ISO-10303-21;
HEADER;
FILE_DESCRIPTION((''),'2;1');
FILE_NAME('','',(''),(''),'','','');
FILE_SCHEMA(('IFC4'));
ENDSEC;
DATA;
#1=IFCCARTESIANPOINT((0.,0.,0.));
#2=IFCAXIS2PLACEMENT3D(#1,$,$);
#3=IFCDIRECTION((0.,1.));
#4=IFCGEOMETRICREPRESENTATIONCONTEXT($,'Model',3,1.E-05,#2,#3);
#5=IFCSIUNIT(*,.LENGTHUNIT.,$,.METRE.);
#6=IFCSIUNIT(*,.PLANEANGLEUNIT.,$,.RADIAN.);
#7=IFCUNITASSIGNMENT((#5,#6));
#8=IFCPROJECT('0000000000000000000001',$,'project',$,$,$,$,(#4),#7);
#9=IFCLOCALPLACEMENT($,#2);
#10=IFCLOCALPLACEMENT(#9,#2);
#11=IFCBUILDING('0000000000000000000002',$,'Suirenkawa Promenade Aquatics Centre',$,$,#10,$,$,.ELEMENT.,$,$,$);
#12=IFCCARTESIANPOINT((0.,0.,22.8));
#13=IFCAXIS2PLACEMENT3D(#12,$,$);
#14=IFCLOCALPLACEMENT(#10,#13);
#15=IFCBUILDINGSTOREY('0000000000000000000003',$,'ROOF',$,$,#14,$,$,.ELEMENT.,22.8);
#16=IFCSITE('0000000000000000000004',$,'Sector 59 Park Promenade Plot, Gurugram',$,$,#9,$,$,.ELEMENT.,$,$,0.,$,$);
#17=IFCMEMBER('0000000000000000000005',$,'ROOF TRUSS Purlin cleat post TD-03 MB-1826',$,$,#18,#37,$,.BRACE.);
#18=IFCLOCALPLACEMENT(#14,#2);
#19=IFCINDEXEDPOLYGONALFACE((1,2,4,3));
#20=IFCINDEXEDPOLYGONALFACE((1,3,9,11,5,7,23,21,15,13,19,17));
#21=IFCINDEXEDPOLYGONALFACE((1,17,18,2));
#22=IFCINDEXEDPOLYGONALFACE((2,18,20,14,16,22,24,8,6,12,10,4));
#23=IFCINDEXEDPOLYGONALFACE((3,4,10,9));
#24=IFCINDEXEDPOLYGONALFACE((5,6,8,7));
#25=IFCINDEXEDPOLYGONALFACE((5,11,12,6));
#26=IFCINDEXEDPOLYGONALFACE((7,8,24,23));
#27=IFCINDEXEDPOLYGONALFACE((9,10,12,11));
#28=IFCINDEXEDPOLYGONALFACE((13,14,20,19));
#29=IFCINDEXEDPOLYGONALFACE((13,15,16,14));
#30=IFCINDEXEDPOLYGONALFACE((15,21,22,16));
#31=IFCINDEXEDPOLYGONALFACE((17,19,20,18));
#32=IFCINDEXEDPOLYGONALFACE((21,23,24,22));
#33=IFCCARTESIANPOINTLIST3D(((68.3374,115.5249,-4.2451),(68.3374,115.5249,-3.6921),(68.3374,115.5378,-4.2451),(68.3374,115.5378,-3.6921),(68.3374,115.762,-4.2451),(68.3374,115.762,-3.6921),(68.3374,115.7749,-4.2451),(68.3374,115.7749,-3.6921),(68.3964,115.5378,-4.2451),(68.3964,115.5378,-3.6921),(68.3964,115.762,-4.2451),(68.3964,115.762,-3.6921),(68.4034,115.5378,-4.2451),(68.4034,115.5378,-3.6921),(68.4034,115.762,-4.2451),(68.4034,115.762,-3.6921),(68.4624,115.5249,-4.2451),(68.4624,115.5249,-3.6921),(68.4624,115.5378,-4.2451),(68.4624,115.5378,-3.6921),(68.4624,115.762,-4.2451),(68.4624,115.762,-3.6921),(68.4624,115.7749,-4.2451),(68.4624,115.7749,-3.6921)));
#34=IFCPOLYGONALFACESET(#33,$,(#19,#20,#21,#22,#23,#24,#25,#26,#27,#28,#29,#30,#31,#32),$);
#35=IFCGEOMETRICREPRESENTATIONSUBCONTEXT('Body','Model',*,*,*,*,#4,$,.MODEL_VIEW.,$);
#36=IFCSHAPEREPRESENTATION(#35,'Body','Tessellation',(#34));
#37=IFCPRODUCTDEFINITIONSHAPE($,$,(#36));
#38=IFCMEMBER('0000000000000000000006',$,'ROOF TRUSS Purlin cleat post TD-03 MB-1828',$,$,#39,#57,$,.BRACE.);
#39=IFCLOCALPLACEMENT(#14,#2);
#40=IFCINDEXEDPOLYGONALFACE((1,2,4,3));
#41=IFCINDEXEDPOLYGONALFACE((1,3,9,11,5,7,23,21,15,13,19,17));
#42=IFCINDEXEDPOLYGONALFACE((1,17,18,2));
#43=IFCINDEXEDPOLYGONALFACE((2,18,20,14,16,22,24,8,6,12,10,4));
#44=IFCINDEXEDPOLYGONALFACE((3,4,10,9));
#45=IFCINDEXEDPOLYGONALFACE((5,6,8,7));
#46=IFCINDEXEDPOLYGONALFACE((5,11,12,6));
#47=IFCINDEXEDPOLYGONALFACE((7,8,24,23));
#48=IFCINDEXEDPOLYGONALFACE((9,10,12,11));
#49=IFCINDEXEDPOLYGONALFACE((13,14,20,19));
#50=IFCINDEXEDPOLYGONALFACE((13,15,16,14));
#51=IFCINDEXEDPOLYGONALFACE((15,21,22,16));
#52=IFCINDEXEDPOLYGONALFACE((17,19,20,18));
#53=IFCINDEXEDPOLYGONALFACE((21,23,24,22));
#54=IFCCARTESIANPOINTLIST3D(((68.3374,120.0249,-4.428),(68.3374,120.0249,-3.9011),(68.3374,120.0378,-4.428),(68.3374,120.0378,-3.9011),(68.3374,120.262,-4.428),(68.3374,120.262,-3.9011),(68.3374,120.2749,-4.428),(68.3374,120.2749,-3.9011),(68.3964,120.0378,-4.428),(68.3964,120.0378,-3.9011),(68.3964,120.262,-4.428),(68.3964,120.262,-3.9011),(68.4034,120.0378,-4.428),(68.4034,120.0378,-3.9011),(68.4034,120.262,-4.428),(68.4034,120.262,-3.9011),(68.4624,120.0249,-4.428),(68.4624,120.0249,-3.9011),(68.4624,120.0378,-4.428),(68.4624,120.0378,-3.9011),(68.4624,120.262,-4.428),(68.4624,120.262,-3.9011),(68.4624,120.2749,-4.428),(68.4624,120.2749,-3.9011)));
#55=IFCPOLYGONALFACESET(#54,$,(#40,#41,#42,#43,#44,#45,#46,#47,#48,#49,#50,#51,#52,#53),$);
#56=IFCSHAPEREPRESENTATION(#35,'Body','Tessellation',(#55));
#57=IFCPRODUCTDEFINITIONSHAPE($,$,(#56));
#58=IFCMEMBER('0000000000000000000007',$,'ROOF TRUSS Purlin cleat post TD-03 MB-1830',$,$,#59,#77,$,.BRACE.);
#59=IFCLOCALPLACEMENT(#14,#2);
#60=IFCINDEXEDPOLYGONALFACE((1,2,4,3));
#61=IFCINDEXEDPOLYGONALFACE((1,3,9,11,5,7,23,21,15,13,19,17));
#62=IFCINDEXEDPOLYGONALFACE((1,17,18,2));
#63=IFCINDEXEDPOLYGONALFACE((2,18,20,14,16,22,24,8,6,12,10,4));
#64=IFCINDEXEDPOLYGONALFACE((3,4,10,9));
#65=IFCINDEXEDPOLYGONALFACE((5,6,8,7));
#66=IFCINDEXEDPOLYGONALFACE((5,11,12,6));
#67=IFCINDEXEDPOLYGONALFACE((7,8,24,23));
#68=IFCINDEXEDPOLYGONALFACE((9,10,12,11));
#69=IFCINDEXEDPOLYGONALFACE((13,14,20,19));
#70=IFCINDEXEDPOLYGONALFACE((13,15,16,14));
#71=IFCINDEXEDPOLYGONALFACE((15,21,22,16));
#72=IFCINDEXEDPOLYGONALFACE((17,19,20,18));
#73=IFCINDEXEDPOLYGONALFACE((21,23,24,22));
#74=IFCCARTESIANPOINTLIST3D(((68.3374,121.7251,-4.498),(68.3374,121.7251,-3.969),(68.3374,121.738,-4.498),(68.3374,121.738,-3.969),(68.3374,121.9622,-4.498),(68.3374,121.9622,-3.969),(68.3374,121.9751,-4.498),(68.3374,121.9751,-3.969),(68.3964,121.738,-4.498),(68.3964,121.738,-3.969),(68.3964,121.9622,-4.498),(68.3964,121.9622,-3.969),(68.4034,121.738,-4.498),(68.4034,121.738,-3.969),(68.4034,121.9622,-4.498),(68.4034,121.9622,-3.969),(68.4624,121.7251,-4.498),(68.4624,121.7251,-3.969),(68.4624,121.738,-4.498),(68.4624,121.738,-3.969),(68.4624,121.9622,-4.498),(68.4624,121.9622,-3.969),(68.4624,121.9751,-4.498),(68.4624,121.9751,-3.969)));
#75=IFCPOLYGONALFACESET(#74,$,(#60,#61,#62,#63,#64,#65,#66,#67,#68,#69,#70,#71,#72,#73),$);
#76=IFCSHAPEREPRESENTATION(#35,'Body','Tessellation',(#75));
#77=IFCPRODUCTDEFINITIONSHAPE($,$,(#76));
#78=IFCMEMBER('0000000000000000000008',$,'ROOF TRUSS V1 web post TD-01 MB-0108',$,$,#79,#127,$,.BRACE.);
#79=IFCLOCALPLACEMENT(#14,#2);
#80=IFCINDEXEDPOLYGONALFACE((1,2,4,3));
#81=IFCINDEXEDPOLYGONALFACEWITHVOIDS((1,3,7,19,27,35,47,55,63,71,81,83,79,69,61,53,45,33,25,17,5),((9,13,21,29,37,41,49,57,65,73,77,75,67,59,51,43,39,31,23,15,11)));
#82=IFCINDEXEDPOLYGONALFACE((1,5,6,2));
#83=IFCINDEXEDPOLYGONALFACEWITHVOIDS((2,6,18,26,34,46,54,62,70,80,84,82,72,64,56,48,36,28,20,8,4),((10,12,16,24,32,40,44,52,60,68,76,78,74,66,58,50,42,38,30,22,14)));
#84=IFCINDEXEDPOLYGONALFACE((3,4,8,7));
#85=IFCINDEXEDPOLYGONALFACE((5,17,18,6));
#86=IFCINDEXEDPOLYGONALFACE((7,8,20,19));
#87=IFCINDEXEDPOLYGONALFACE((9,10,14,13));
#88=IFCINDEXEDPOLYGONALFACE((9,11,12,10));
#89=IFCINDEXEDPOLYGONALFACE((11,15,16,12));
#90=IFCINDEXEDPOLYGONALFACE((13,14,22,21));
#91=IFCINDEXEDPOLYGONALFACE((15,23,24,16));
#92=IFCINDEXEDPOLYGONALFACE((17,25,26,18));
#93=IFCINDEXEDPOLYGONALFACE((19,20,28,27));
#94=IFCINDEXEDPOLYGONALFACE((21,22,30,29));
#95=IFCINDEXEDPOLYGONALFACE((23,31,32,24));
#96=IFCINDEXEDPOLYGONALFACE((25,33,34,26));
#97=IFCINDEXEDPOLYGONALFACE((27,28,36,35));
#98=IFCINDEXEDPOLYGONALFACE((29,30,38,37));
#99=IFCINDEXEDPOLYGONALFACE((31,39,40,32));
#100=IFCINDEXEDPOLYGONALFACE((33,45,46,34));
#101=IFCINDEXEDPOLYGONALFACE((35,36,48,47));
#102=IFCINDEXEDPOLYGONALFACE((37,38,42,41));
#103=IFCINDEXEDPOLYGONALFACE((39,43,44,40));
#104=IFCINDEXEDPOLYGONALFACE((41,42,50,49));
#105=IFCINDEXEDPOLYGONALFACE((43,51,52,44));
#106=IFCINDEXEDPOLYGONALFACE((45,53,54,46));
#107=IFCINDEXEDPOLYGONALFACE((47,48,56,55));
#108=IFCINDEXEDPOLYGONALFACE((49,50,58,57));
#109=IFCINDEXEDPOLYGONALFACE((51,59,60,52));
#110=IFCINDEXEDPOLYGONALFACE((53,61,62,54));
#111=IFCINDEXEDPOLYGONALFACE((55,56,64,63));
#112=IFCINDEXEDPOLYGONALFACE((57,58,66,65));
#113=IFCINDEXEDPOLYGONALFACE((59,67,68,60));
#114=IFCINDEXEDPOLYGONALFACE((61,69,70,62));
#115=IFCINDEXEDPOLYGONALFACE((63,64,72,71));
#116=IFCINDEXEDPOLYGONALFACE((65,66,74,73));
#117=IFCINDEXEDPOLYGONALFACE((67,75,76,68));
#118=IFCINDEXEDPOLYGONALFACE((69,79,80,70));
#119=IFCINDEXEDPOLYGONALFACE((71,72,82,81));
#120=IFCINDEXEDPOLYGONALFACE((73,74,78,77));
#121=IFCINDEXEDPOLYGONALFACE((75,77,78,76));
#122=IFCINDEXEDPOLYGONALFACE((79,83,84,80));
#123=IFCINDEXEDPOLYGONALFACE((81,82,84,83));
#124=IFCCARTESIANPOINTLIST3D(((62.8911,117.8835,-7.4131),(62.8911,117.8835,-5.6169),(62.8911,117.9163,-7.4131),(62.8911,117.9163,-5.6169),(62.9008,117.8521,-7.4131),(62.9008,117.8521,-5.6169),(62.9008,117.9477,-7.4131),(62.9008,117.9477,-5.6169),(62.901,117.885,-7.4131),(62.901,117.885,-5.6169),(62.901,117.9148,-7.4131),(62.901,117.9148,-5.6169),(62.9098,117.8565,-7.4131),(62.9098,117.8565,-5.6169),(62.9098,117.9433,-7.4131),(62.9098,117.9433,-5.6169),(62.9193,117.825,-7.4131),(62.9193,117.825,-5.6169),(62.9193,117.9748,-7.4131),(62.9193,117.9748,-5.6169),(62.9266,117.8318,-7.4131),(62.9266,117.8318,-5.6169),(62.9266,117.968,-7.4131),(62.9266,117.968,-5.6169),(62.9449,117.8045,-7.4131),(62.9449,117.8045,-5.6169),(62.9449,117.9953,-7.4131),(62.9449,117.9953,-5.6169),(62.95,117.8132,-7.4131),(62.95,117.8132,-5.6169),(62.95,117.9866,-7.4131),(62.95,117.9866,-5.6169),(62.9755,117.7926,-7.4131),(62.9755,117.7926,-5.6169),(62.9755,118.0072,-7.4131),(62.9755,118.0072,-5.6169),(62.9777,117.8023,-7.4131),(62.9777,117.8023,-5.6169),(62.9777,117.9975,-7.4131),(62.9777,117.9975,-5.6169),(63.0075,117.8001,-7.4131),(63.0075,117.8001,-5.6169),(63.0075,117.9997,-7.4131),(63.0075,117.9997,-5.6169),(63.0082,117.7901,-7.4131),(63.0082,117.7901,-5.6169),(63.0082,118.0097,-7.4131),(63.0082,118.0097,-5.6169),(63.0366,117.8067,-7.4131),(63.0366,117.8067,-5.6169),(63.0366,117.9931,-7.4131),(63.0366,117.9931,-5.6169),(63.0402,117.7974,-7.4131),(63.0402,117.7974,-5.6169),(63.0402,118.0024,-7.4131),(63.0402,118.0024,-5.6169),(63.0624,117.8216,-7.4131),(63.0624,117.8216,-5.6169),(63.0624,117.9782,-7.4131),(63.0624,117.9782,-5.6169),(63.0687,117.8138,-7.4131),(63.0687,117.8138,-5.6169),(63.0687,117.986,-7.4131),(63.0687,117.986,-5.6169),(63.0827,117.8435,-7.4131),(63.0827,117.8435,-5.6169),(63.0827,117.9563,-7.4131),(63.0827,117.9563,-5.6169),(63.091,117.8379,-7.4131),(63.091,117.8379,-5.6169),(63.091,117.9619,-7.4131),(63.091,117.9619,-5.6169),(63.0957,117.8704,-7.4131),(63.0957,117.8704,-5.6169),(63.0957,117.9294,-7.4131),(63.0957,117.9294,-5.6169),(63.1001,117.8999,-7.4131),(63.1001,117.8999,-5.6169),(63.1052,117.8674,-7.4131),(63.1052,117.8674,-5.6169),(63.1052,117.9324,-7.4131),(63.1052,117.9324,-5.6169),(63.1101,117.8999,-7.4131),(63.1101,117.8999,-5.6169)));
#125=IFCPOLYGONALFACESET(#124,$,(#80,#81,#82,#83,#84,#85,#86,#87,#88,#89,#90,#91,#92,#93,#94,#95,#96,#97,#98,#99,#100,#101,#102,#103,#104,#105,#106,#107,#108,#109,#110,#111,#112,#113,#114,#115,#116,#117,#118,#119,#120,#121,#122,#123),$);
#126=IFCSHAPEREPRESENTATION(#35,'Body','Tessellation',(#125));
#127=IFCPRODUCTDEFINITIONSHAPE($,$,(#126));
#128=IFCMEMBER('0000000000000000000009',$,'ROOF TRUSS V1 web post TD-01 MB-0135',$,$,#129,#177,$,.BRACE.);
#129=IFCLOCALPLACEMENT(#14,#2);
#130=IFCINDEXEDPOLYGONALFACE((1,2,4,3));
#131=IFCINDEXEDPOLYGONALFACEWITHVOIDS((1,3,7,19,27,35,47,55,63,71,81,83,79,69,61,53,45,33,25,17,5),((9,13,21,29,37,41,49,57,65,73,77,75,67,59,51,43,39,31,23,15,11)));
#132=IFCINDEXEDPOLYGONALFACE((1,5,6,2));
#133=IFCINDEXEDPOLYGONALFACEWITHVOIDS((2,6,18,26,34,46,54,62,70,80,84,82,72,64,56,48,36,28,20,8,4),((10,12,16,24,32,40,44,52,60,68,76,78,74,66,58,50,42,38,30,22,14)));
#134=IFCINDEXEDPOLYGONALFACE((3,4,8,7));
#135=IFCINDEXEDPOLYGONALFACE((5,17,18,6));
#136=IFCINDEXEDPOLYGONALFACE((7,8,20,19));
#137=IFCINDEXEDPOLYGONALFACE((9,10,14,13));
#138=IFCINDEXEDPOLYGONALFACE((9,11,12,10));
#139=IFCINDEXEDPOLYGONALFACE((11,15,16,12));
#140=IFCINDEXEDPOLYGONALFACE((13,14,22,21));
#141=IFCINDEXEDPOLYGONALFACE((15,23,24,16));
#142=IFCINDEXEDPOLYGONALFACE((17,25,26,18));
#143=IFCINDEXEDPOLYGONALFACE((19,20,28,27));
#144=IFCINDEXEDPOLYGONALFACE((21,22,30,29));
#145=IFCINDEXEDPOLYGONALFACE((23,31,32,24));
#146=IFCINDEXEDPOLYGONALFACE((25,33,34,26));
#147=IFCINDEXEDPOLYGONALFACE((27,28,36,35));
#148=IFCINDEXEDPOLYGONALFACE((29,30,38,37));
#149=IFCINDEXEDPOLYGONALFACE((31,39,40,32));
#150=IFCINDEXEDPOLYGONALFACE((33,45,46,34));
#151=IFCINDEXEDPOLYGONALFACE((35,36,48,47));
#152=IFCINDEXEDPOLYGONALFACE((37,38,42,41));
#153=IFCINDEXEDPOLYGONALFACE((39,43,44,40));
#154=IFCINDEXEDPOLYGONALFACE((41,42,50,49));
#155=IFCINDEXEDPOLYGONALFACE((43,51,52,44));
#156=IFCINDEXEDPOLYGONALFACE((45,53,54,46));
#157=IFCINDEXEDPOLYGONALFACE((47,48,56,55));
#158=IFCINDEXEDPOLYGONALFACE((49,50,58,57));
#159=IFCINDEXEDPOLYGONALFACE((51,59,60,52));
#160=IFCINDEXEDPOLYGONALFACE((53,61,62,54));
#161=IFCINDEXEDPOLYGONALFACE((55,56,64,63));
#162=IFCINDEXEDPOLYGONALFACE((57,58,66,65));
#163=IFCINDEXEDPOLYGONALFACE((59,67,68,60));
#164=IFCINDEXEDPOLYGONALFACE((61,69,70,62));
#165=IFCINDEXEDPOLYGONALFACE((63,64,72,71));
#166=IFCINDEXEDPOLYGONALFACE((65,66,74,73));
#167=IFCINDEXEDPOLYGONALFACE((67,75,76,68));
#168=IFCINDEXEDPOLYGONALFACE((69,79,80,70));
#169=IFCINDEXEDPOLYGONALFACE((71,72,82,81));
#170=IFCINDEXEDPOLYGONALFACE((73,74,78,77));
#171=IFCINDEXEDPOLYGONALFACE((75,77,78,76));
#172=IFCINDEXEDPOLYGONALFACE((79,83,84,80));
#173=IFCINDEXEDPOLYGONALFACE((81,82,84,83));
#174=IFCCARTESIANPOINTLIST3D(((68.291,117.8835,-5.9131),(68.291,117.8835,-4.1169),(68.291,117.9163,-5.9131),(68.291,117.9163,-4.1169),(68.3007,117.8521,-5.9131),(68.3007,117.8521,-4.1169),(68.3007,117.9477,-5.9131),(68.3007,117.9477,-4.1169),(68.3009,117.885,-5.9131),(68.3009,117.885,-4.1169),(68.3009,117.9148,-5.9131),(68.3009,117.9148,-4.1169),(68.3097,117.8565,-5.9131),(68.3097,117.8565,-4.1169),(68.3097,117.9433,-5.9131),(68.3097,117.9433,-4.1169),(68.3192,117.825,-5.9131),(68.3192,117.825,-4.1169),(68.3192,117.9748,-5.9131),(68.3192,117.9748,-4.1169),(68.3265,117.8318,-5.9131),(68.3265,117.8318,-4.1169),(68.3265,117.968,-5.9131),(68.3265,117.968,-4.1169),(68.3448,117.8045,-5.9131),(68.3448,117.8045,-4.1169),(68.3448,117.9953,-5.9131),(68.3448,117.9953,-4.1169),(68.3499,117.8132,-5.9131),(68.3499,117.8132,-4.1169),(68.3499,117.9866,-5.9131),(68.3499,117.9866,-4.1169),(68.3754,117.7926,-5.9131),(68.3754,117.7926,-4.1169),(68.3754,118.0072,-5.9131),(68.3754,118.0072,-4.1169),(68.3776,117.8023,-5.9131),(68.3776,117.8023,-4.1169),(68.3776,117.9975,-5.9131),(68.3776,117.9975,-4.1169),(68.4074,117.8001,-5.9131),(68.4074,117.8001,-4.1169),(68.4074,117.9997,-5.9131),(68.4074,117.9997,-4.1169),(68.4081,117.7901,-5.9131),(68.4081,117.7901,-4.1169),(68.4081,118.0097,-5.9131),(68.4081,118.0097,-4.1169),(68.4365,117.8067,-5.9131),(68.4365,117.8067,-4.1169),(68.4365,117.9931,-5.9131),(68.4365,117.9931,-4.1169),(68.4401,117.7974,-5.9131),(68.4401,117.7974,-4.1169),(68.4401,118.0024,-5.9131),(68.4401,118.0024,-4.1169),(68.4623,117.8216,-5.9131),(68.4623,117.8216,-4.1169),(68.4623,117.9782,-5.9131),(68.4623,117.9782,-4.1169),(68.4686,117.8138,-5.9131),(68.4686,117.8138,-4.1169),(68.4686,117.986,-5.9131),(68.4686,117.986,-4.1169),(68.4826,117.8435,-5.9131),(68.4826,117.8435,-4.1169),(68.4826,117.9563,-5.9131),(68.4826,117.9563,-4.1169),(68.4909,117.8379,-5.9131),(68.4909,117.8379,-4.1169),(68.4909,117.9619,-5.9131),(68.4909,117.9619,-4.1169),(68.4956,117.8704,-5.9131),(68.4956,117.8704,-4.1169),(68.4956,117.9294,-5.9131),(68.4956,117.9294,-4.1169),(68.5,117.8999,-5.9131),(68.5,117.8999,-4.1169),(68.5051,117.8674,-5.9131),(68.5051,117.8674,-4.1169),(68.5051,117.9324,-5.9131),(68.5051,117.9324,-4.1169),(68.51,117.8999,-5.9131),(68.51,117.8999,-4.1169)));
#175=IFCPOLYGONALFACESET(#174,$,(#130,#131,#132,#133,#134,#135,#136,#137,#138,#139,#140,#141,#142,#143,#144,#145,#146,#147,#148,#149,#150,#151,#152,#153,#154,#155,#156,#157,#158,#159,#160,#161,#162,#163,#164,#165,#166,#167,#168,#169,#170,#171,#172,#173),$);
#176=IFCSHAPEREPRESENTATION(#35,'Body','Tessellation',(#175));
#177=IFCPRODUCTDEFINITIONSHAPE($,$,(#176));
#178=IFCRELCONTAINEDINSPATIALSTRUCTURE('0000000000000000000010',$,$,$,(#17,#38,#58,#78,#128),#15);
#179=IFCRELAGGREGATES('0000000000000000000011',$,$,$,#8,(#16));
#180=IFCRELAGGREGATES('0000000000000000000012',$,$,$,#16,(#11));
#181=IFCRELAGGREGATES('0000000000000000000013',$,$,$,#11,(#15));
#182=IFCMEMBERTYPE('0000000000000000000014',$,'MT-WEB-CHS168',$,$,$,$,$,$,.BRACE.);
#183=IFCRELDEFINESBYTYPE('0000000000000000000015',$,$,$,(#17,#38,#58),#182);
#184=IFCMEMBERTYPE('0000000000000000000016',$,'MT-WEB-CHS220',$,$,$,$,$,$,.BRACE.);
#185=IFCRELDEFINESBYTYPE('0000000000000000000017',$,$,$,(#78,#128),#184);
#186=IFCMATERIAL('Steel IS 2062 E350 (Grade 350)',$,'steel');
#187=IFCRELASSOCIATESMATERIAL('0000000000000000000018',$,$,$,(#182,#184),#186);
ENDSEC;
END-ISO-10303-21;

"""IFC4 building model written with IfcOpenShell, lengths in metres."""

from ifc_helpers import new_model, si_unit, direction, frame, origin, origin_2d, place, context, subcontext, project, spatial, hollow_circle, i_section, extrude, material, material_profile, profile_set, type_object, element, save


model = new_model("IFC4")

# Units and contexts
model_context = context("Model", 3, precision=1e-05, world=origin(), true_north=direction((0.0, 1.0)))
body_context = subcontext(model_context, "Body", "Model", "MODEL_VIEW")
ifc_project = project(units=[si_unit("LENGTHUNIT", "METRE"), si_unit("PLANEANGLEUNIT", "RADIAN")], contexts=[model_context])

# Site, building, storey
site_placement = place(None, origin())
site = spatial("IfcSite", under=ifc_project, at=site_placement, Name="Sector 59 Park Promenade Plot, Gurugram", CompositionType="ELEMENT", RefElevation=0.0)
building_placement = place(site_placement, origin())
building = spatial("IfcBuilding", under=site, at=building_placement, Name="Suirenkawa Promenade Aquatics Centre", CompositionType="ELEMENT")
storey_placement = place(building_placement, frame((0.0, 0.0, 22.8)))
storey = spatial("IfcBuildingStorey", under=building, at=storey_placement, Name="ROOF", CompositionType="ELEMENT", Elevation=22.8)

# Shared definitions
ifc_material = material(Name="Steel IS 2062 E350 (Grade 350)", Category="steel")

# Members
ifc_material_profile_1 = material_profile(ifc_material, i_section(OverallWidth=0.125, OverallDepth=0.25, WebThickness=0.0071, FlangeThickness=0.0129, at=origin_2d()), Name="ISMB 250", Category="steel")
ifc_profile_set_1 = profile_set([ifc_material_profile_1], Name="Steel IS 2062 E350 (Grade 350)")
member_type_1 = type_object("IfcMemberType", Name="MT-WEB-CHS168", PredefinedType="BRACE", material=ifc_profile_set_1)
member_1_placement = place(storey_placement, frame((68.3999, 115.6499, -4.2451), z_axis=(0.0, 0.0, 1.0), x_axis=(1.0, 0.0, 0.0)))
element("IfcMember", 1, at=member_1_placement, inside=storey, type_object=member_type_1, Name="ROOF TRUSS Purlin cleat post TD-03 MB-1826", PredefinedType="BRACE", context=body_context, shape_type="SweptSolid", body=[
    extrude(i_section(OverallWidth=0.125, OverallDepth=0.25, WebThickness=0.0071, FlangeThickness=0.0129, at=origin_2d()), origin(), (0.0, 0.0, 1.0), 0.553),
])
member_2_placement = place(storey_placement, frame((68.3999, 120.1499, -4.428), z_axis=(0.0, 0.0, 1.0), x_axis=(1.0, 0.0, 0.0)))
element("IfcMember", 2, at=member_2_placement, inside=storey, type_object=member_type_1, Name="ROOF TRUSS Purlin cleat post TD-03 MB-1828", PredefinedType="BRACE", context=body_context, shape_type="SweptSolid", body=[
    extrude(i_section(OverallWidth=0.125, OverallDepth=0.25, WebThickness=0.0071, FlangeThickness=0.0129, at=origin_2d()), origin(), (0.0, 0.0, 1.0), 0.5269),
])
member_3_placement = place(storey_placement, frame((68.3999, 121.8501, -4.498), z_axis=(0.0, 0.0, 1.0), x_axis=(1.0, 0.0, 0.0)))
element("IfcMember", 3, at=member_3_placement, inside=storey, type_object=member_type_1, Name="ROOF TRUSS Purlin cleat post TD-03 MB-1830", PredefinedType="BRACE", context=body_context, shape_type="SweptSolid", body=[
    extrude(i_section(OverallWidth=0.125, OverallDepth=0.25, WebThickness=0.0071, FlangeThickness=0.0129, at=origin_2d()), origin(), (0.0, 0.0, 1.0), 0.5291),
])
ifc_material_profile_2 = material_profile(ifc_material, hollow_circle(Radius=0.1101, WallThickness=0.01, at=origin_2d()), Name="CHS 220x10", Category="steel")
ifc_profile_set_2 = profile_set([ifc_material_profile_2], Name="Steel IS 2062 E350 (Grade 350)")
member_type_2 = type_object("IfcMemberType", Name="MT-WEB-CHS220", PredefinedType="BRACE", material=ifc_profile_set_2)
for number, where, z_axis, x_axis, name in (
    (4, (63.0, 117.8999, -7.4131), (0.0, 0.0, 1.0), (1.0, 0.0, 0.0), "ROOF TRUSS V1 web post TD-01 MB-0108"),
    (5, (68.3999, 117.8999, -5.9131), (0.0, 0.0, 1.0), (1.0, 0.0, 0.0), "ROOF TRUSS V1 web post TD-01 MB-0135"),
):
    element("IfcMember", number, at=place(storey_placement, frame(where, z_axis=z_axis, x_axis=x_axis)), inside=storey, type_object=member_type_2, Name=name, PredefinedType="BRACE", context=body_context, shape_type="SweptSolid", body=[
        extrude(hollow_circle(Radius=0.1101, WallThickness=0.01, at=origin_2d()), origin(), (0.0, 0.0, 1.0), 1.7961),
    ])

save(model, "model.ifc")
